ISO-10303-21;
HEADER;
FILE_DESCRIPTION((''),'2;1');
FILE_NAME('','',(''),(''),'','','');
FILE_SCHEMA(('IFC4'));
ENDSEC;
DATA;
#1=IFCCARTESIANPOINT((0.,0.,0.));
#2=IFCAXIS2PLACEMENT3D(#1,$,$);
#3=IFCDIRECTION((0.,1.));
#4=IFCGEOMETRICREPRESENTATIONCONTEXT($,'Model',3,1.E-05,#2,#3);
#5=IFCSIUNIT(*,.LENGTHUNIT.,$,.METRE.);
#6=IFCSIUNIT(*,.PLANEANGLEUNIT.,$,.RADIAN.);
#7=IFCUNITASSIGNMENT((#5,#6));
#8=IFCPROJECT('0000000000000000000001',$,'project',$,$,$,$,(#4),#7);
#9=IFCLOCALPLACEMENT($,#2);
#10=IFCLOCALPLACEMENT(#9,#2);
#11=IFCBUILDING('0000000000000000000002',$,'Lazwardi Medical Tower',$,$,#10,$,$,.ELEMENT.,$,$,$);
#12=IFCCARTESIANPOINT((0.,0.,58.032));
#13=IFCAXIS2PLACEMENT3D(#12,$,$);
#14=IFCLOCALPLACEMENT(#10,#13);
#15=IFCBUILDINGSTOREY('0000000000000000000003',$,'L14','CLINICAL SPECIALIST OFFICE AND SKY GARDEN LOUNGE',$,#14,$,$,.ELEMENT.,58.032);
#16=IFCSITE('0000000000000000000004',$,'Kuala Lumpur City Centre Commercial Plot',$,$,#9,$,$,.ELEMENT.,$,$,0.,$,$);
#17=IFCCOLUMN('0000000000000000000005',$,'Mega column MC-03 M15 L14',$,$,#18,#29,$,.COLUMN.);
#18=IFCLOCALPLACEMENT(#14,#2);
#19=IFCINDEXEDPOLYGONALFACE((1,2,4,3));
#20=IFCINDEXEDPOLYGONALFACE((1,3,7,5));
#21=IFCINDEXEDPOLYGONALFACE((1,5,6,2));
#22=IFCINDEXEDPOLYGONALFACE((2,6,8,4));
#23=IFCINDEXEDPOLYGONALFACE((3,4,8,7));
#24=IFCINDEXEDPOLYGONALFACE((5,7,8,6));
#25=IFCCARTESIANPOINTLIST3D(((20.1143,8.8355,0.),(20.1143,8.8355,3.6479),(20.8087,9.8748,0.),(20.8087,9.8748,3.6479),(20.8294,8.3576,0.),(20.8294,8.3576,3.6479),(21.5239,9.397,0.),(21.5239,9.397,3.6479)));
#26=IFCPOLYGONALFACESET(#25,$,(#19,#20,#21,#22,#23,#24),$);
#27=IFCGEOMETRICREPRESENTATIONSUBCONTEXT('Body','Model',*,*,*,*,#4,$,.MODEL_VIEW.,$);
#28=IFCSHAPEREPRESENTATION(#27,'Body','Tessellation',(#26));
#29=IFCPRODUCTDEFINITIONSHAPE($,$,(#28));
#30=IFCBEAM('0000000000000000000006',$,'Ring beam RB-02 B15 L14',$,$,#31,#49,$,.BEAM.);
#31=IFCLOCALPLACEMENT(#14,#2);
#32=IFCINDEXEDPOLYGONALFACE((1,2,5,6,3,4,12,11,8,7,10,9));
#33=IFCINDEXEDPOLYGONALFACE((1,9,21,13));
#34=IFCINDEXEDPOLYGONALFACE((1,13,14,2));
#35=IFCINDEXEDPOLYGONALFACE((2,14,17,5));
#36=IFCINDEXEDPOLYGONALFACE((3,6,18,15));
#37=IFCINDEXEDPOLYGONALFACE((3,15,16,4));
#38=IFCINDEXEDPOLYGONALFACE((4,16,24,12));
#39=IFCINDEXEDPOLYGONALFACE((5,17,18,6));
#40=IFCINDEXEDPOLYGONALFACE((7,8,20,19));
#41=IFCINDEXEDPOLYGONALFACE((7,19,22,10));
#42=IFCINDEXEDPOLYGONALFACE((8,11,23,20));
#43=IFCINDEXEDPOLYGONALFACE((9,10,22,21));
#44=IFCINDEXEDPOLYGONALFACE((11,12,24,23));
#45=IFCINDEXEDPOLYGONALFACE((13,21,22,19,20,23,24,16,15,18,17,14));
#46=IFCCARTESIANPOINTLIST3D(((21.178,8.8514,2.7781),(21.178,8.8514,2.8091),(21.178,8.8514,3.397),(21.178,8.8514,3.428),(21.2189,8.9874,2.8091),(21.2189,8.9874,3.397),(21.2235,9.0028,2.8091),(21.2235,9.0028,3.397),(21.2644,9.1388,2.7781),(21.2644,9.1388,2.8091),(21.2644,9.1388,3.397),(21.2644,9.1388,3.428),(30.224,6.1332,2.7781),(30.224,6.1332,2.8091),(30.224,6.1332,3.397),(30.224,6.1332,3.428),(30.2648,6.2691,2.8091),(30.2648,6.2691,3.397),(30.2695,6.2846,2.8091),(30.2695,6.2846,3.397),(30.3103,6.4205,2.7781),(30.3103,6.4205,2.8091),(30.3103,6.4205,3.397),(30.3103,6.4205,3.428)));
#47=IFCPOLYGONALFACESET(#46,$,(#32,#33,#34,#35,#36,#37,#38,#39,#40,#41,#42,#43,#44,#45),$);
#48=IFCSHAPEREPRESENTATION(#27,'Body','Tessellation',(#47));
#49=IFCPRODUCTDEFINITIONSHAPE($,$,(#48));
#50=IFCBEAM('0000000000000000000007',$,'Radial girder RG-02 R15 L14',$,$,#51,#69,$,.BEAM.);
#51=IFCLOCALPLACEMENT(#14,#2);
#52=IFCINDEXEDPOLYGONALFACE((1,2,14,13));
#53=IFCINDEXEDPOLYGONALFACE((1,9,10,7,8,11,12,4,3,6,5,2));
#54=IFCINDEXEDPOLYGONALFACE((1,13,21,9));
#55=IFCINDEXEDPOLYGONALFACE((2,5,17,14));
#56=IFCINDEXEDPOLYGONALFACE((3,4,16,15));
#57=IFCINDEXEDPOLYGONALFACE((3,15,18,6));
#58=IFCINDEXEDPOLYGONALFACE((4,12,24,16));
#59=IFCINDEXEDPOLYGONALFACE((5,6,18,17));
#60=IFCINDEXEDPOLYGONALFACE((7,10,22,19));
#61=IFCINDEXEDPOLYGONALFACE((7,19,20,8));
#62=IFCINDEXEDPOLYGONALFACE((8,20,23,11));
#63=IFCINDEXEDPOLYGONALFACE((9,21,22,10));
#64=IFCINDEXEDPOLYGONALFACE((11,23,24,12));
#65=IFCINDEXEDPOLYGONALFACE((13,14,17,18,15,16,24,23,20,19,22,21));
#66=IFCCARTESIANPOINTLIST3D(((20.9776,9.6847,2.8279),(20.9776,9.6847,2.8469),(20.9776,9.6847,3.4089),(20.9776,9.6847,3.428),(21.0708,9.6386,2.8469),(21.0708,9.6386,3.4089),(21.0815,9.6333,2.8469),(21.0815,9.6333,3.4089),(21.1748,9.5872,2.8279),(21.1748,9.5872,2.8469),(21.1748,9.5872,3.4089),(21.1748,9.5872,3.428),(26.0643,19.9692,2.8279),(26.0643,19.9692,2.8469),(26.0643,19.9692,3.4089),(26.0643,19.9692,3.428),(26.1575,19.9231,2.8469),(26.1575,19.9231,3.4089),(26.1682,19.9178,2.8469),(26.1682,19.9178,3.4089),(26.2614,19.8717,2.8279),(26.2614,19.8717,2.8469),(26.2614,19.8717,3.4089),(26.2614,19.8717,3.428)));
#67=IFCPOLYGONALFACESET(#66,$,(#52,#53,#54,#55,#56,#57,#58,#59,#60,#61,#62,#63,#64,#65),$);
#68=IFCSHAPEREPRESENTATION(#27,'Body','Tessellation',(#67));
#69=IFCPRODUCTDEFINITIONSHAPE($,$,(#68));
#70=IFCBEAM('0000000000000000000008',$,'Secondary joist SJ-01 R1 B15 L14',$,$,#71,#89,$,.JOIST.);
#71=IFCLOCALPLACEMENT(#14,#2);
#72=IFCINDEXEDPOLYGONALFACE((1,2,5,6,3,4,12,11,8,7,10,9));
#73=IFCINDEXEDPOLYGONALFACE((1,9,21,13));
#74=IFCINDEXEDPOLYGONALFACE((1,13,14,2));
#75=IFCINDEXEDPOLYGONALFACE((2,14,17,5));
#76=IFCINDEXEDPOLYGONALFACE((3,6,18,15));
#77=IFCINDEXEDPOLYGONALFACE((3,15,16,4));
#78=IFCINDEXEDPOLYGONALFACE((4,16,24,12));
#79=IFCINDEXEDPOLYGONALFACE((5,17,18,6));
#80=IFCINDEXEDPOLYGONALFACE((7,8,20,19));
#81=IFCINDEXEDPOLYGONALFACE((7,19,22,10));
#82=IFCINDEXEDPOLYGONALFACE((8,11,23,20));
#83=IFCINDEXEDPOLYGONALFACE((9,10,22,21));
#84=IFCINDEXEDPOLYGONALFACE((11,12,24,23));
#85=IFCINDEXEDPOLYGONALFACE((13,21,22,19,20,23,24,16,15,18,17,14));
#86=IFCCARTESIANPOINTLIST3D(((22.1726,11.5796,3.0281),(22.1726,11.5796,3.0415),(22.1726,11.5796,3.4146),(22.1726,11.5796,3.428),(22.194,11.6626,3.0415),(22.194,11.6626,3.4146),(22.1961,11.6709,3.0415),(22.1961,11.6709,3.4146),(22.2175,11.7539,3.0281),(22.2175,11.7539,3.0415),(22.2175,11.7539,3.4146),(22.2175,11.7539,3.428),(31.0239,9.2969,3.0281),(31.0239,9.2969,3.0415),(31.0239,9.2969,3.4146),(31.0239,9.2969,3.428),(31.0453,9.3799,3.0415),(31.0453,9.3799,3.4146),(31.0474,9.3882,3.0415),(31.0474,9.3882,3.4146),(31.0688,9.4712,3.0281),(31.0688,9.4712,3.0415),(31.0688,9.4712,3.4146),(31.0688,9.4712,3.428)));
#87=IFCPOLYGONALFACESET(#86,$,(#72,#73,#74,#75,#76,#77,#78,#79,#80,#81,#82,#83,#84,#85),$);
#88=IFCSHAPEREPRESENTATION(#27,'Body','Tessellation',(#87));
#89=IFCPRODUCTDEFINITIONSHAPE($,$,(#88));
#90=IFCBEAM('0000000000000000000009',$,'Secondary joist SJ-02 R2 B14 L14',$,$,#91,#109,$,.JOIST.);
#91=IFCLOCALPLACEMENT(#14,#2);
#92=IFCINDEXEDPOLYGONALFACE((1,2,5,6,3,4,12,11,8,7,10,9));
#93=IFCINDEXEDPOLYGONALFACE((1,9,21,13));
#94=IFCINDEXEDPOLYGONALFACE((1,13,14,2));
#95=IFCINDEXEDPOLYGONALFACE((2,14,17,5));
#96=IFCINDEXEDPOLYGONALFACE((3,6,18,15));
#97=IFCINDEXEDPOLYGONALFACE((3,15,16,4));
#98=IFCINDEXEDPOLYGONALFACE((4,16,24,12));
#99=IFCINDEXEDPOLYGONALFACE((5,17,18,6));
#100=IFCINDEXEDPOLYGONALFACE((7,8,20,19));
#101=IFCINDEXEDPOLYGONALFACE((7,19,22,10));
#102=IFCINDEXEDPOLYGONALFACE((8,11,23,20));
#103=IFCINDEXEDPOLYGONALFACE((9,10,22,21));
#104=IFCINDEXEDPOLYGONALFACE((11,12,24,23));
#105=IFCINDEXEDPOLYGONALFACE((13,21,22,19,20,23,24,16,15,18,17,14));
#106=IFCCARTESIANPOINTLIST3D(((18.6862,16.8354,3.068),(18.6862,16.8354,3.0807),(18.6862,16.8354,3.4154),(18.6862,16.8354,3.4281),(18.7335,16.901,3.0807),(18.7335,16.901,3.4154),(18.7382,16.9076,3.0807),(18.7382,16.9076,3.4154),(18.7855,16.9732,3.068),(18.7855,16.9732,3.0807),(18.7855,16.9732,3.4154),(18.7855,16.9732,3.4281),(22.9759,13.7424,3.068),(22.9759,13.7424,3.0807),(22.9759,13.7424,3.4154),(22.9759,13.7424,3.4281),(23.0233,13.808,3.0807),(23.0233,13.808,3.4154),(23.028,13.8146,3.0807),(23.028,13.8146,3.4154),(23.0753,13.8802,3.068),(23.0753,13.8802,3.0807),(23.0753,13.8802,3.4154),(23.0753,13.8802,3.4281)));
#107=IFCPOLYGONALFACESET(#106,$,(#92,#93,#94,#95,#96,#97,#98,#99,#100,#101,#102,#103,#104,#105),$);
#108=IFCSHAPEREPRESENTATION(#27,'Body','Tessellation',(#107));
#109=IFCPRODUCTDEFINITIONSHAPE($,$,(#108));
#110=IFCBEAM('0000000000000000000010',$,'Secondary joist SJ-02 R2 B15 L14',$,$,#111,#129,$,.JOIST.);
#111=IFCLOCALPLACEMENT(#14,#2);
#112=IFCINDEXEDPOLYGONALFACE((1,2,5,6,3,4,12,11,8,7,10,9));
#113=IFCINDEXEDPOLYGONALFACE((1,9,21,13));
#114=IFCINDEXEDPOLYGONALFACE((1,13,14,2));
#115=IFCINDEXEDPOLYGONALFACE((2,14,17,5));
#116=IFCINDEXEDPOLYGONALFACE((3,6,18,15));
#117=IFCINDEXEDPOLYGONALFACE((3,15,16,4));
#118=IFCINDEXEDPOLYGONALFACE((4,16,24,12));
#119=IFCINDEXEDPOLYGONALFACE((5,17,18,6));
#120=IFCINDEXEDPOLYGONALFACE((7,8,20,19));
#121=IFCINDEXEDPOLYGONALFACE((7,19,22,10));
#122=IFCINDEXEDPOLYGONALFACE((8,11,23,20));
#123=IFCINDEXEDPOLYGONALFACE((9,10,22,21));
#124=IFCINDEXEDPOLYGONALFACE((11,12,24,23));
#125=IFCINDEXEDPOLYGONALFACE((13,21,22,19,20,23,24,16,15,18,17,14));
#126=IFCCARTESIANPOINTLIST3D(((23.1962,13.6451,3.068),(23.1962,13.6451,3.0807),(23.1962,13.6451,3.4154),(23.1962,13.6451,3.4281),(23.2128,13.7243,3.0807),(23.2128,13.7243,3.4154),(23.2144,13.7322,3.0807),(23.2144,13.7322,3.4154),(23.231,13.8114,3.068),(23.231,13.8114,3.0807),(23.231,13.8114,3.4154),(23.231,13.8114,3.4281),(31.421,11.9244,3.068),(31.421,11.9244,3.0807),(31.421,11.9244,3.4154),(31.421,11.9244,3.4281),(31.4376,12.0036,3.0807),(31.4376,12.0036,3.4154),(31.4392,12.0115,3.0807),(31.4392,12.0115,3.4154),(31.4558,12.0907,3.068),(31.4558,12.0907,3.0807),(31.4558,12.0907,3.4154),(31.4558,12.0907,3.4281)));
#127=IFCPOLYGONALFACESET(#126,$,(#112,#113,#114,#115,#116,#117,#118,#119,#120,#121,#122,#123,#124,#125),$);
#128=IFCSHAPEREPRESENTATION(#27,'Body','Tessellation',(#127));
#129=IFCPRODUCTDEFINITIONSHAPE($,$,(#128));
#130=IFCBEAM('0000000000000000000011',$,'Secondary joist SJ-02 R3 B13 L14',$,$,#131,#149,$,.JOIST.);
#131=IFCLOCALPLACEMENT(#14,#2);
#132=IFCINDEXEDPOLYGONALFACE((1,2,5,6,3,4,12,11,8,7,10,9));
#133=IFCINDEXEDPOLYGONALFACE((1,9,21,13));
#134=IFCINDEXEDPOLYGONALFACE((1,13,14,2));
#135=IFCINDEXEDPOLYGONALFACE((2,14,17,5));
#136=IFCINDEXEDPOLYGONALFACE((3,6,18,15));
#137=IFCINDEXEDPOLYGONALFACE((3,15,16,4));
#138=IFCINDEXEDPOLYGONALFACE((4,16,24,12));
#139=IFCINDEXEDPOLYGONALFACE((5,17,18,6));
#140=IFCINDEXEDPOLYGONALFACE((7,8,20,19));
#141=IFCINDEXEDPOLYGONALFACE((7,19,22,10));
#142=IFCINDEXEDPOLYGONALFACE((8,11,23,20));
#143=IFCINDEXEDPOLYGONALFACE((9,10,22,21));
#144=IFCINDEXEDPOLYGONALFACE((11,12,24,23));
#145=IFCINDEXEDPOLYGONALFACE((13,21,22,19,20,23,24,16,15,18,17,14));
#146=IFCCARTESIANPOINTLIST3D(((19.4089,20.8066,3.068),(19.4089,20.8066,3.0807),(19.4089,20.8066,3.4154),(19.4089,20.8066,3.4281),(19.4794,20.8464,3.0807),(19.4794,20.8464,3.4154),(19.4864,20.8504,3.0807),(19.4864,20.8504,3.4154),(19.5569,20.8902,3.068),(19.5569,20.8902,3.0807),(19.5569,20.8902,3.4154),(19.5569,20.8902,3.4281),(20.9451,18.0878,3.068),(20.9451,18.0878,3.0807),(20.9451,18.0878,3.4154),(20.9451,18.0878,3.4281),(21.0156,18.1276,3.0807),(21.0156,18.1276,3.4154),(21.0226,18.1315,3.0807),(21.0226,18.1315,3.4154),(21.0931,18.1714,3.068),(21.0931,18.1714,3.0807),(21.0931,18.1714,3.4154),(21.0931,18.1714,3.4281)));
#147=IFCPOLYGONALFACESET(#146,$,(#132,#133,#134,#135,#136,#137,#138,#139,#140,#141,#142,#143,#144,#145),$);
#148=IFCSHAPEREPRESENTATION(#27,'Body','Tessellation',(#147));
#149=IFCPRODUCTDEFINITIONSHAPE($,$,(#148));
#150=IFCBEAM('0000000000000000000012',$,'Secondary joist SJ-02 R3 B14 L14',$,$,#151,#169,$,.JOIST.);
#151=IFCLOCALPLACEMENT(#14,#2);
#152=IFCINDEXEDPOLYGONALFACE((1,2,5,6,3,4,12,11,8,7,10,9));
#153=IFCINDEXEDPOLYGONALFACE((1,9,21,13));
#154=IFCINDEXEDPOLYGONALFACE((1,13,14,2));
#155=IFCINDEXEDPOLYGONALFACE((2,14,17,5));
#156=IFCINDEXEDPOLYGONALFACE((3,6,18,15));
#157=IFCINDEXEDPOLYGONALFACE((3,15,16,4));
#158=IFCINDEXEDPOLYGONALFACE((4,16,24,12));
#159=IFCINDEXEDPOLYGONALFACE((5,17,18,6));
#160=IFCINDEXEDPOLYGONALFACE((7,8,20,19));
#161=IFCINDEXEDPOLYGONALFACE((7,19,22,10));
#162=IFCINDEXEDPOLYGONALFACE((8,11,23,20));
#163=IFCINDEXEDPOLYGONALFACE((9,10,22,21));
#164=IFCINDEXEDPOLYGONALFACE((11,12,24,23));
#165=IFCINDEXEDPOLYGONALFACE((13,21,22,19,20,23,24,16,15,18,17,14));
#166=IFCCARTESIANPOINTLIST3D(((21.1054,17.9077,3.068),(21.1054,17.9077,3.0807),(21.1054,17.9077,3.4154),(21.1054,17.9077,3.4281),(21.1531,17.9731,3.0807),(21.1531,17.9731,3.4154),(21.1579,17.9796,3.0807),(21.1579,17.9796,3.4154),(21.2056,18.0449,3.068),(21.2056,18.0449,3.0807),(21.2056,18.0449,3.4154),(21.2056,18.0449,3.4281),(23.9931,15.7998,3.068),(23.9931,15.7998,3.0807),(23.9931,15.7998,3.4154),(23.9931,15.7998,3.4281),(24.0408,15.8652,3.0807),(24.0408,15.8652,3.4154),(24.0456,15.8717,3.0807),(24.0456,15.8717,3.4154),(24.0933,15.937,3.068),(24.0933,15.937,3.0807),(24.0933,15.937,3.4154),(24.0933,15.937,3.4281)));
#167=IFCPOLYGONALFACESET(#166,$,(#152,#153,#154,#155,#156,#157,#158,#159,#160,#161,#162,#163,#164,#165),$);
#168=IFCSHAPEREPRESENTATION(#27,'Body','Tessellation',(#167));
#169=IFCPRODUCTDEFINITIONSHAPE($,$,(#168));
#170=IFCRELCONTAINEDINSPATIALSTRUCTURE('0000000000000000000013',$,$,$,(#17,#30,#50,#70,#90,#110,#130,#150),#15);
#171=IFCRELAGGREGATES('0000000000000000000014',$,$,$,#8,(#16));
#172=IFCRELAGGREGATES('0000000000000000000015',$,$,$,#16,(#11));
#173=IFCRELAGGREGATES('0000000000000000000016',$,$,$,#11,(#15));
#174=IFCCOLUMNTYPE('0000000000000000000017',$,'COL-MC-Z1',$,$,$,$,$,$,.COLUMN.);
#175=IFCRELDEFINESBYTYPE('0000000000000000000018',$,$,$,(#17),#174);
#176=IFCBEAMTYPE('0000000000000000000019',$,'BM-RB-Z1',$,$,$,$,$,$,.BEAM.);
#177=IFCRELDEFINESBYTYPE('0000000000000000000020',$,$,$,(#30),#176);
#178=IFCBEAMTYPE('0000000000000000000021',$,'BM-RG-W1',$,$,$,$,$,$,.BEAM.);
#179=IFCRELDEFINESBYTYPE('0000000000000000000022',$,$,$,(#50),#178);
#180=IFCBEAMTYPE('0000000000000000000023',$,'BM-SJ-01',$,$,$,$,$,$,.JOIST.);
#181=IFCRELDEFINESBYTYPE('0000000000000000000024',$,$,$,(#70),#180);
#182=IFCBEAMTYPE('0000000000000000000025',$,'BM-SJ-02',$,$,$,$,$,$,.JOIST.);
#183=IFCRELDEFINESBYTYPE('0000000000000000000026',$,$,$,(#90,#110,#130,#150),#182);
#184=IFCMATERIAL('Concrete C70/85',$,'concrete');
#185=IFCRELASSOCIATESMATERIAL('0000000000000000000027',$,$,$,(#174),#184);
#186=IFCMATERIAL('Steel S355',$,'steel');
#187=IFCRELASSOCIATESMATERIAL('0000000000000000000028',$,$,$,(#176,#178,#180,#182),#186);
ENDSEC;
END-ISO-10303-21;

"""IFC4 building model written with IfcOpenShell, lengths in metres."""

from ifc_helpers import new_model, si_unit, direction, frame, origin, origin_2d, place, context, subcontext, project, spatial, rectangle, i_section, extrude, material, material_profile, profile_set, type_object, element, save


model = new_model("IFC4")

# Units and contexts
model_context = context("Model", 3, precision=1e-05, world=origin(), true_north=direction((0.0, 1.0)))
body_context = subcontext(model_context, "Body", "Model", "MODEL_VIEW")
ifc_project = project(units=[si_unit("LENGTHUNIT", "METRE"), si_unit("PLANEANGLEUNIT", "RADIAN")], contexts=[model_context])

# Site, building, storey
site_placement = place(None, origin())
site = spatial("IfcSite", under=ifc_project, at=site_placement, Name="Kuala Lumpur City Centre Commercial Plot", CompositionType="ELEMENT", RefElevation=0.0)
building_placement = place(site_placement, origin())
building = spatial("IfcBuilding", under=site, at=building_placement, Name="Lazwardi Medical Tower", CompositionType="ELEMENT")
storey_placement = place(building_placement, frame((0.0, 0.0, 58.032)))
storey = spatial("IfcBuildingStorey", under=building, at=storey_placement, Name="L14", Description="CLINICAL SPECIALIST OFFICE AND SKY GARDEN LOUNGE", CompositionType="ELEMENT", Elevation=58.032)

# Column
ifc_material_1 = material(Name="Concrete C70/85", Category="concrete")
ifc_material_profile_1 = material_profile(ifc_material_1, rectangle(XDim=1.25, YDim=0.8601, at=origin_2d()), Name="CFT-RECT 1250x860")
ifc_profile_set_1 = profile_set([ifc_material_profile_1], Name="Concrete C70/85")
column_type = type_object("IfcColumnType", Name="COL-MC-Z1", PredefinedType="COLUMN", material=ifc_profile_set_1)
column_placement = place(storey_placement, frame((20.8191, 9.1162, 0.0), z_axis=(0.0, 0.0, 1.0), x_axis=(-0.55557, -0.83147, 0.0)))
element("IfcColumn", 1, at=column_placement, inside=storey, type_object=column_type, Name="Mega column MC-03 M15 L14", PredefinedType="COLUMN", context=body_context, shape_type="SweptSolid", body=[
    extrude(rectangle(XDim=1.25, YDim=0.8601, at=origin_2d()), origin(), (0.0, 0.0, 1.0), 3.6479),
])

# Beams
ifc_material_2 = material(Name="Steel S355", Category="steel")
ifc_material_profile_2 = material_profile(ifc_material_2, i_section(OverallWidth=0.3, OverallDepth=0.6499, WebThickness=0.0161, FlangeThickness=0.031, at=origin_2d()), Name="HEB 650")
ifc_profile_set_2 = profile_set([ifc_material_profile_2], Name="Steel S355")
beam_type_1 = type_object("IfcBeamType", Name="BM-RB-Z1", PredefinedType="BEAM", material=ifc_profile_set_2)
beam_1_placement = place(storey_placement, frame((21.2212, 8.9951, 3.103), z_axis=(0.957695, -0.287784, 0.0), x_axis=(0.287784, 0.957695, 0.0)))
element("IfcBeam", 2, at=beam_1_placement, inside=storey, type_object=beam_type_1, Name="Ring beam RB-02 B15 L14", PredefinedType="BEAM", context=body_context, shape_type="SweptSolid", body=[
    extrude(i_section(OverallWidth=0.3, OverallDepth=0.6499, WebThickness=0.0161, FlangeThickness=0.031, at=origin_2d()), origin(), (0.0, 0.0, 1.0), 9.4456),
])
ifc_material_profile_3 = material_profile(ifc_material_2, i_section(OverallWidth=0.22, OverallDepth=0.6001, WebThickness=0.012, FlangeThickness=0.019, at=origin_2d()), Name="IPE 600")
ifc_profile_set_3 = profile_set([ifc_material_profile_3], Name="Steel S355")
beam_type_2 = type_object("IfcBeamType", Name="BM-RG-W1", PredefinedType="BEAM", material=ifc_profile_set_3)
beam_2_placement = place(storey_placement, frame((21.0762, 9.636, 3.1279), z_axis=(0.443337, 0.896355, 0.0), x_axis=(-0.896355, 0.443337, 0.0)))
element("IfcBeam", 3, at=beam_2_placement, inside=storey, type_object=beam_type_2, Name="Radial girder RG-02 R15 L14", PredefinedType="BEAM", context=body_context, shape_type="SweptSolid", body=[
    extrude(i_section(OverallWidth=0.22, OverallDepth=0.6001, WebThickness=0.012, FlangeThickness=0.019, at=origin_2d()), origin(), (0.0, 0.0, 1.0), 11.4736),
])
ifc_material_profile_4 = material_profile(ifc_material_2, i_section(OverallWidth=0.1799, OverallDepth=0.3999, WebThickness=0.0085, FlangeThickness=0.0134, at=origin_2d()), Name="IPE 400")
ifc_profile_set_4 = profile_set([ifc_material_profile_4], Name="Steel S355")
beam_type_3 = type_object("IfcBeamType", Name="BM-SJ-01", PredefinedType="JOIST", material=ifc_profile_set_4)
beam_3_placement = place(storey_placement, frame((22.1951, 11.6667, 3.228), z_axis=(0.968317, -0.249725, 0.0), x_axis=(0.249725, 0.968317, 0.0)))
element("IfcBeam", 4, at=beam_3_placement, inside=storey, type_object=beam_type_3, Name="Secondary joist SJ-01 R1 B15 L14", PredefinedType="JOIST", context=body_context, shape_type="SweptSolid", body=[
    extrude(i_section(OverallWidth=0.1799, OverallDepth=0.3999, WebThickness=0.0085, FlangeThickness=0.0134, at=origin_2d()), origin(), (0.0, 0.0, 1.0), 9.1409),
])
ifc_material_profile_5 = material_profile(ifc_material_2, i_section(OverallWidth=0.1699, OverallDepth=0.3601, WebThickness=0.0081, FlangeThickness=0.0127, at=origin_2d()), Name="IPE 360")
ifc_profile_set_5 = profile_set([ifc_material_profile_5], Name="Steel S355")
beam_type_4 = type_object("IfcBeamType", Name="BM-SJ-02", PredefinedType="JOIST", material=ifc_profile_set_5)
beam_4_placement = place(storey_placement, frame((18.7358, 16.9043, 3.248), z_axis=(0.811143, -0.584848, 0.0), x_axis=(0.584848, 0.811143, 0.0)))
element("IfcBeam", 5, at=beam_4_placement, inside=storey, type_object=beam_type_4, Name="Secondary joist SJ-02 R2 B14 L14", PredefinedType="JOIST", context=body_context, shape_type="SweptSolid", body=[
    extrude(i_section(OverallWidth=0.1699, OverallDepth=0.3601, WebThickness=0.0081, FlangeThickness=0.0127, at=origin_2d()), origin(), (0.0, 0.0, 1.0), 5.2886),
])
beam_5_placement = place(storey_placement, frame((23.2136, 13.7283, 3.248), z_axis=(0.978809, -0.204774, 0.0), x_axis=(0.204774, 0.978809, 0.0)))
element("IfcBeam", 6, at=beam_5_placement, inside=storey, type_object=beam_type_4, Name="Secondary joist SJ-02 R2 B15 L14", PredefinedType="JOIST", context=body_context, shape_type="SweptSolid", body=[
    extrude(i_section(OverallWidth=0.1699, OverallDepth=0.3601, WebThickness=0.0081, FlangeThickness=0.0127, at=origin_2d()), origin(), (0.0, 0.0, 1.0), 8.4028),
])
beam_6_placement = place(storey_placement, frame((19.4829, 20.8484, 3.248), z_axis=(0.491923, -0.870639, 0.0), x_axis=(0.870639, 0.491923, 0.0)))
element("IfcBeam", 7, at=beam_6_placement, inside=storey, type_object=beam_type_4, Name="Secondary joist SJ-02 R3 B13 L14", PredefinedType="JOIST", context=body_context, shape_type="SweptSolid", body=[
    extrude(i_section(OverallWidth=0.1699, OverallDepth=0.3601, WebThickness=0.0081, FlangeThickness=0.0127, at=origin_2d()), origin(), (0.0, 0.0, 1.0), 3.1228),
])
beam_7_placement = place(storey_placement, frame((21.1555, 17.9763, 3.248), z_axis=(0.807701, -0.589592, 0.0), x_axis=(0.589592, 0.807701, 0.0)))
element("IfcBeam", 8, at=beam_7_placement, inside=storey, type_object=beam_type_4, Name="Secondary joist SJ-02 R3 B14 L14", PredefinedType="JOIST", context=body_context, shape_type="SweptSolid", body=[
    extrude(i_section(OverallWidth=0.1699, OverallDepth=0.3601, WebThickness=0.0081, FlangeThickness=0.0127, at=origin_2d()), origin(), (0.0, 0.0, 1.0), 3.5752),
])

save(model, "model.ifc")
